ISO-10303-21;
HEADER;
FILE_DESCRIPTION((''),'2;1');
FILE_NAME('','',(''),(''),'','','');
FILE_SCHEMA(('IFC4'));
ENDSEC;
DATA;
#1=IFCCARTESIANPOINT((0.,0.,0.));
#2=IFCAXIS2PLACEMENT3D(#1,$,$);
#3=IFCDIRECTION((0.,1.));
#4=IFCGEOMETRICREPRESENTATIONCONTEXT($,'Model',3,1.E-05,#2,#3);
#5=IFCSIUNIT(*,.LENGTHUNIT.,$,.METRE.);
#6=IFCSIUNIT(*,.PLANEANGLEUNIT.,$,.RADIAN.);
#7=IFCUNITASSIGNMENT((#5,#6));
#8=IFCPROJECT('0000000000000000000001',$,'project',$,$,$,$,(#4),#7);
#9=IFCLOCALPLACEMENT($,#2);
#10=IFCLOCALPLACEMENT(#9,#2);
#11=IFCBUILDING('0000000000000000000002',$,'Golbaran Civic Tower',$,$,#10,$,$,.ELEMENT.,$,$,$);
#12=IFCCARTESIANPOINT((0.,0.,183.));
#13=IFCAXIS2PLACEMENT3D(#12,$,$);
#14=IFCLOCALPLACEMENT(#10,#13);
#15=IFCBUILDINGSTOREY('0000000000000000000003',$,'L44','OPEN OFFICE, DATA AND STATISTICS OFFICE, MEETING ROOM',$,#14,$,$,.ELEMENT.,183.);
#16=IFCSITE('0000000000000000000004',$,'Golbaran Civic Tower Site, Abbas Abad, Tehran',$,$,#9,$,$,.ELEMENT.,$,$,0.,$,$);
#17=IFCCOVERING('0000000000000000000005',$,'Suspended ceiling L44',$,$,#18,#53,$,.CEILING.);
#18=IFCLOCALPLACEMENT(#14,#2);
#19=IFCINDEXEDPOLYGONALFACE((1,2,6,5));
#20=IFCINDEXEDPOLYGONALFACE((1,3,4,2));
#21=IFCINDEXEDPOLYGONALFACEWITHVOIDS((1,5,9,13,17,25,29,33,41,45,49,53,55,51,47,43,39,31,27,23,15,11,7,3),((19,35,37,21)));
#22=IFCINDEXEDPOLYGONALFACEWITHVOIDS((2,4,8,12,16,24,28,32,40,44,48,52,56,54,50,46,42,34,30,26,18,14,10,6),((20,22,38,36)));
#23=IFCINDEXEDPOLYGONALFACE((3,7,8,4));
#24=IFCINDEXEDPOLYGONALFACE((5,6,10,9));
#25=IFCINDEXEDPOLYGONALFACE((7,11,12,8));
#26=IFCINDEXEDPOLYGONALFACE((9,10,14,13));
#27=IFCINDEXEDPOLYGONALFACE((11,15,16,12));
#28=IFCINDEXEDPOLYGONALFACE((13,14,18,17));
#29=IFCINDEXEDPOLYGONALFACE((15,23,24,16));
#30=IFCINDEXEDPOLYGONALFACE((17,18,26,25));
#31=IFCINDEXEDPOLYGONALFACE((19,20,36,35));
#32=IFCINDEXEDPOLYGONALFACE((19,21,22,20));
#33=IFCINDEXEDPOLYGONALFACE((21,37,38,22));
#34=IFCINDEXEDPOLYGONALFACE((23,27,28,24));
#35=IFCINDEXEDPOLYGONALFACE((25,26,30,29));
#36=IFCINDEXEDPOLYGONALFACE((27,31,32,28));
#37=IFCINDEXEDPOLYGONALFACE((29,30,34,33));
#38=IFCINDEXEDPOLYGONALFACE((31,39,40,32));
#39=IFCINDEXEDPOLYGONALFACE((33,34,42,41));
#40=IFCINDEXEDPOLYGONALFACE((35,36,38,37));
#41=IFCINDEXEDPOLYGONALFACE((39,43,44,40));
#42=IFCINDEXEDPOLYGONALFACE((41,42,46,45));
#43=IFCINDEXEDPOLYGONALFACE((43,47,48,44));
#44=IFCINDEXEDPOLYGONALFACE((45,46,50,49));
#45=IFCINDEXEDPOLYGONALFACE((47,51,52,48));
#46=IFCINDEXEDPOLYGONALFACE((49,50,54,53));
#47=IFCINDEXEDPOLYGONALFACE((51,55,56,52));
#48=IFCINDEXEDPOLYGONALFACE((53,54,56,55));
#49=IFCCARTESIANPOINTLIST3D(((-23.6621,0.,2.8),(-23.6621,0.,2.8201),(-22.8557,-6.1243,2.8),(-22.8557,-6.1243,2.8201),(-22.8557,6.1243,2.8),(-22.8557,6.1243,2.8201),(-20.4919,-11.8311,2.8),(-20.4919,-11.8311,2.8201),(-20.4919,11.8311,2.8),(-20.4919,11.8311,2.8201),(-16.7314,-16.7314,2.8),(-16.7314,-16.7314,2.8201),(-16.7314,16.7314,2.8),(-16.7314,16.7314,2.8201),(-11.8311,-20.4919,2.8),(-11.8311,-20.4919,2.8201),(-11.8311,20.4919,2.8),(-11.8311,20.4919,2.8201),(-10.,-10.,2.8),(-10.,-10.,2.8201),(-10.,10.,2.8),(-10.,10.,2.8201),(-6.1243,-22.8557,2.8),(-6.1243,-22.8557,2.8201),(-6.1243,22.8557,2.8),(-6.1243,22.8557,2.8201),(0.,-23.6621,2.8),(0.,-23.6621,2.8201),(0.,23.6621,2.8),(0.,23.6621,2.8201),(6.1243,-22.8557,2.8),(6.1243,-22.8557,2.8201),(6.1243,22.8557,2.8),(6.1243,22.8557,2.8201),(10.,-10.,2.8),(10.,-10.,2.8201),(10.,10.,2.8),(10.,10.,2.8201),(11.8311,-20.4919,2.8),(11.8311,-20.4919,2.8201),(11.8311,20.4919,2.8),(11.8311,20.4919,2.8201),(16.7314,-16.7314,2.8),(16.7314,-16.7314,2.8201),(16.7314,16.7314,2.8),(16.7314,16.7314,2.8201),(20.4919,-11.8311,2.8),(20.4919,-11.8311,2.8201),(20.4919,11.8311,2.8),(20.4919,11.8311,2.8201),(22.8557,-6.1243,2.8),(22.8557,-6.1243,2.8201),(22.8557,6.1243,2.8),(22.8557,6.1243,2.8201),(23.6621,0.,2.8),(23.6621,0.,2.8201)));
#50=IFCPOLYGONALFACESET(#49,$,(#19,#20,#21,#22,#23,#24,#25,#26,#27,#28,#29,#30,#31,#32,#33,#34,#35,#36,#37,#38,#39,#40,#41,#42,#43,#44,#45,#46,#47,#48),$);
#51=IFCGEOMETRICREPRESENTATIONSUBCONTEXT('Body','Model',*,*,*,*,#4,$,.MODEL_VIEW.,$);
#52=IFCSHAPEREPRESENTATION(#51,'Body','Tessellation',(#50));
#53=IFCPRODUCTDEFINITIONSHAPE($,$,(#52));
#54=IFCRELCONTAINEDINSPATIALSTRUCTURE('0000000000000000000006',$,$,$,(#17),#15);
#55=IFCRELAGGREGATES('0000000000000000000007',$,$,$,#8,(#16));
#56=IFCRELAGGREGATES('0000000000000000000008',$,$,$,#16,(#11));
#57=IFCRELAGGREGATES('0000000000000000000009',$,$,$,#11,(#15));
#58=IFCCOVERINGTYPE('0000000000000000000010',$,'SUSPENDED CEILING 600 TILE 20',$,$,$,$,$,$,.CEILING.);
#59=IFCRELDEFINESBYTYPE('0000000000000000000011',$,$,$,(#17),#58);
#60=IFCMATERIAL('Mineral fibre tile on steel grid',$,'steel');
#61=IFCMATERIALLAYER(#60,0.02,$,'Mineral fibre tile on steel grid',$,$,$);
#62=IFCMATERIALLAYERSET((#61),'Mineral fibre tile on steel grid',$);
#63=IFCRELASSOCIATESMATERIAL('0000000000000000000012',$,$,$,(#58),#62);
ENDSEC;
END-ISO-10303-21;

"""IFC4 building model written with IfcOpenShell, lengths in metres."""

from ifc_helpers import new_model, si_unit, direction, frame, origin, place, context, subcontext, project, spatial, polyline, outline, extrude, material, layer, layer_set, type_object, element, save


model = new_model("IFC4")

# Units and contexts
model_context = context("Model", 3, precision=1e-05, world=origin(), true_north=direction((0.0, 1.0)))
body_context = subcontext(model_context, "Body", "Model", "MODEL_VIEW")
ifc_project = project(units=[si_unit("LENGTHUNIT", "METRE"), si_unit("PLANEANGLEUNIT", "RADIAN")], contexts=[model_context])

# Site, building, storey
site_placement = place(None, origin())
site = spatial("IfcSite", under=ifc_project, at=site_placement, Name="Golbaran Civic Tower Site, Abbas Abad, Tehran", CompositionType="ELEMENT", RefElevation=0.0)
building_placement = place(site_placement, origin())
building = spatial("IfcBuilding", under=site, at=building_placement, Name="Golbaran Civic Tower", CompositionType="ELEMENT")
storey_placement = place(building_placement, frame((0.0, 0.0, 183.0)))
storey = spatial("IfcBuildingStorey", under=building, at=storey_placement, Name="L44", Description="OPEN OFFICE, DATA AND STATISTICS OFFICE, MEETING ROOM", CompositionType="ELEMENT", Elevation=183.0)

# Covering
ifc_material_1 = material(Name="Mineral fibre tile on steel grid", Category="steel")
ifc_layer_1 = layer(ifc_material_1, 0.02, Name="Mineral fibre tile on steel grid")
ifc_layer_set_1 = layer_set([ifc_layer_1], Name="Mineral fibre tile on steel grid")
covering_type = type_object("IfcCoveringType", Name="SUSPENDED CEILING 600 TILE 20", PredefinedType="CEILING", material=ifc_layer_set_1)
covering_placement = place(storey_placement, frame((0.0, 0.0, 2.8)))
element("IfcCovering", 1, at=covering_placement, inside=storey, type_object=covering_type, Name="Suspended ceiling L44", PredefinedType="CEILING", context=body_context, shape_type="SweptSolid", body=[
    extrude(outline(polyline([(-20.4919, 11.8311), (-16.7314, 16.7314), (-11.8311, 20.4919), (-6.1243, 22.8557), (0.0, 23.6621), (6.1243, 22.8557), (11.8311, 20.4919), (16.7314, 16.7314), (20.4919, 11.8311), (22.8557, 6.1243), (23.6621, 0.0), (22.8557, -6.1243), (20.4919, -11.8311), (16.7314, -16.7314), (11.8311, -20.4919), (6.1243, -22.8557), (0.0, -23.6621), (-6.1243, -22.8557), (-11.8311, -20.4919), (-16.7314, -16.7314), (-20.4919, -11.8311), (-22.8557, -6.1243), (-23.6621, 0.0), (-22.8557, 6.1243), (-20.4919, 11.8311)]), holes=[polyline([(-10.0, -10.0), (10.0, -10.0), (10.0, 10.0), (-10.0, 10.0), (-10.0, -10.0)])]), origin(), (0.0, 0.0, 1.0), 0.02),
])

save(model, "model.ifc")
